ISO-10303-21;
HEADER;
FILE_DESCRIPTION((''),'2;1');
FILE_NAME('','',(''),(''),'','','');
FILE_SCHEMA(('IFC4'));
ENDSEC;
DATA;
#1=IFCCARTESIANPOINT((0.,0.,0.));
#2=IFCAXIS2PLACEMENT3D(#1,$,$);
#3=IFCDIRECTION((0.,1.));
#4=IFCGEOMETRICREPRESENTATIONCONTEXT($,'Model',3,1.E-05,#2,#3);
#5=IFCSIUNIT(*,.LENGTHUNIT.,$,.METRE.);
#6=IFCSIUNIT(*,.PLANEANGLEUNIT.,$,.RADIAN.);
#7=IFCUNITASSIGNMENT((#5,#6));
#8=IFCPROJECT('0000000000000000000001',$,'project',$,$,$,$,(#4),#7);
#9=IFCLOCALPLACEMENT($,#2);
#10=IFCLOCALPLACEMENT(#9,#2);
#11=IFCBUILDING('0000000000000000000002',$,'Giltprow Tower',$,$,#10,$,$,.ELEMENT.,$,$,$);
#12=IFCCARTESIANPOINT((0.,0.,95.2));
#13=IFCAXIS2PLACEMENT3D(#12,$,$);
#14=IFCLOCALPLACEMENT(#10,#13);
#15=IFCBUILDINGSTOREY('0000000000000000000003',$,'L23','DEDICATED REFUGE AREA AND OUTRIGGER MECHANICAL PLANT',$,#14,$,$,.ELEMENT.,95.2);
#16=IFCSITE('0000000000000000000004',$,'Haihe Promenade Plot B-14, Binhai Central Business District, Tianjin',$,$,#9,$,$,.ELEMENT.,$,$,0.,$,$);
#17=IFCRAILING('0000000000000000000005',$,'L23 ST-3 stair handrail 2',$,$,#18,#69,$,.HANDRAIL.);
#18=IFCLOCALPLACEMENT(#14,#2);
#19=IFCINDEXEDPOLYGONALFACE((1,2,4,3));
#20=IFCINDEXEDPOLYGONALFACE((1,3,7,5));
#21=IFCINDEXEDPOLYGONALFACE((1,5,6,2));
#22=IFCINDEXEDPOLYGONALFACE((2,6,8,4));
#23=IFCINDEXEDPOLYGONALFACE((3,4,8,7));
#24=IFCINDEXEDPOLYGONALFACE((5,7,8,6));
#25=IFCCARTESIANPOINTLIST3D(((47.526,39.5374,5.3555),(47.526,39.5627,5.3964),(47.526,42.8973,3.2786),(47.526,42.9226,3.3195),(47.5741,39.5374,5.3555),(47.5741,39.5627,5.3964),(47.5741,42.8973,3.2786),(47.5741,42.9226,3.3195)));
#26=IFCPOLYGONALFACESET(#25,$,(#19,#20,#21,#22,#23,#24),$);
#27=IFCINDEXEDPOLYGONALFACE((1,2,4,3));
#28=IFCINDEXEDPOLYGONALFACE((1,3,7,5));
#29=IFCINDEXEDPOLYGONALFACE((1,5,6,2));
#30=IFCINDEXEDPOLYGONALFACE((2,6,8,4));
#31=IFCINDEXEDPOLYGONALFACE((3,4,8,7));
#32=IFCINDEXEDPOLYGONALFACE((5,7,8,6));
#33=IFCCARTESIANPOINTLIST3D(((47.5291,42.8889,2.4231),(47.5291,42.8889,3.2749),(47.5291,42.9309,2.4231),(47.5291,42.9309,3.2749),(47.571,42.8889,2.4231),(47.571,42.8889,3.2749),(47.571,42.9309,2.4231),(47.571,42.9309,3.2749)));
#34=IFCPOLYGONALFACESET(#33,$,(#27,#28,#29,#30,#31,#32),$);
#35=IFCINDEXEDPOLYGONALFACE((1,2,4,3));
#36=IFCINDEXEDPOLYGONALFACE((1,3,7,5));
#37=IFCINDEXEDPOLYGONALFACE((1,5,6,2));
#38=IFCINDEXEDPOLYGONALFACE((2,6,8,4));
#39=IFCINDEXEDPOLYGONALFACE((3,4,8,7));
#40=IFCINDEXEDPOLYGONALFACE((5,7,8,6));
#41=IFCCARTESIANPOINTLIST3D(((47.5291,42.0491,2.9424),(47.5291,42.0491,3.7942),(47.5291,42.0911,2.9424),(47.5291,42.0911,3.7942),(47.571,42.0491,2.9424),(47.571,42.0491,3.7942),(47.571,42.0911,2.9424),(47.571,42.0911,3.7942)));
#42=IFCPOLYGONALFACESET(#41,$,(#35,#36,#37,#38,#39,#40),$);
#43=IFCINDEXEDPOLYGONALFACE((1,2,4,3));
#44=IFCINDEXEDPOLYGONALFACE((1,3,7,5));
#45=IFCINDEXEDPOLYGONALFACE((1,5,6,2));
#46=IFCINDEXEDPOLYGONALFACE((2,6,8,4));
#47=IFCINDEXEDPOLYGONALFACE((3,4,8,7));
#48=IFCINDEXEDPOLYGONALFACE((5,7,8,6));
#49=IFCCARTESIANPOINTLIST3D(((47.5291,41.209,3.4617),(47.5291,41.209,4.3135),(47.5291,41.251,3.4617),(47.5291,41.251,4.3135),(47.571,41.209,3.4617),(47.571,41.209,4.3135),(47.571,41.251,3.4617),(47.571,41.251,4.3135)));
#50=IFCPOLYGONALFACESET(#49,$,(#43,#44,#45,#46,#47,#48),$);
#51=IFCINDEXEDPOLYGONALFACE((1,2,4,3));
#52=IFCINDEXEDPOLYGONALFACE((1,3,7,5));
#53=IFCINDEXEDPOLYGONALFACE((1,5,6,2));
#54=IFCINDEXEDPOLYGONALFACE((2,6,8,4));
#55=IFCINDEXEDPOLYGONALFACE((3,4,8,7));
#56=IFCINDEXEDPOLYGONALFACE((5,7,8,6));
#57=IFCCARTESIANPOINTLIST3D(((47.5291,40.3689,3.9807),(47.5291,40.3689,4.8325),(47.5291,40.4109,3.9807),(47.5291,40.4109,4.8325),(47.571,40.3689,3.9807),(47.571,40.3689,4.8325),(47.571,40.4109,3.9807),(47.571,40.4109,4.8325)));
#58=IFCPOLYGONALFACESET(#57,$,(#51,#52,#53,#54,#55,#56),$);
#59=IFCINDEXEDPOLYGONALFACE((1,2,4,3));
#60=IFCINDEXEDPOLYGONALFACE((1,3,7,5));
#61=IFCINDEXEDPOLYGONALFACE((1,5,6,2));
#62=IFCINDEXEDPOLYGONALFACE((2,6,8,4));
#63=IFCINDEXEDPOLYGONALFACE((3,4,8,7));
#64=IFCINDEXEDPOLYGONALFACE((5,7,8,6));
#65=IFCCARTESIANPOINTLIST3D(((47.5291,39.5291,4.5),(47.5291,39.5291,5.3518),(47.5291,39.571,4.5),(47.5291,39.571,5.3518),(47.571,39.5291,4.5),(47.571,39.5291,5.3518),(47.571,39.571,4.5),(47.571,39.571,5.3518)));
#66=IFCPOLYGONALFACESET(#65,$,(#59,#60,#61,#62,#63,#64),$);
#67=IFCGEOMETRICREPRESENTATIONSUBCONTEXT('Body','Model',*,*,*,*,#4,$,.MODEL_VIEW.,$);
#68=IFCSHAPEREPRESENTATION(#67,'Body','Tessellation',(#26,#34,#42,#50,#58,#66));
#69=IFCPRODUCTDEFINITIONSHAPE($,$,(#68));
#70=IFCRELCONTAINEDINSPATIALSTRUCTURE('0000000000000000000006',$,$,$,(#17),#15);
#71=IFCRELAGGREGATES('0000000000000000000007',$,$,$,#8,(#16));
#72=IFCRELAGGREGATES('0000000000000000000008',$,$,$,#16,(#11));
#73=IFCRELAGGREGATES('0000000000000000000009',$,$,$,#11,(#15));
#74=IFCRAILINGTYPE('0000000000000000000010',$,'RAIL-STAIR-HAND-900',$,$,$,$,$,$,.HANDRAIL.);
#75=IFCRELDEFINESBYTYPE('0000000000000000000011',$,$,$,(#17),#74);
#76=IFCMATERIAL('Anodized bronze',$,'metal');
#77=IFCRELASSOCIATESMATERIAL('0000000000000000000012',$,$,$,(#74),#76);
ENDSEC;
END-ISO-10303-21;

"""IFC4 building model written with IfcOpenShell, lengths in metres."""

from ifc_helpers import new_model, si_unit, direction, frame, origin, origin_2d, place, context, subcontext, project, spatial, rectangle, extrude, material, type_object, element, save


model = new_model("IFC4")

# Units and contexts
model_context = context("Model", 3, precision=1e-05, world=origin(), true_north=direction((0.0, 1.0)))
body_context = subcontext(model_context, "Body", "Model", "MODEL_VIEW")
ifc_project = project(units=[si_unit("LENGTHUNIT", "METRE"), si_unit("PLANEANGLEUNIT", "RADIAN")], contexts=[model_context])

# Site, building, storey
site_placement = place(None, origin())
site = spatial("IfcSite", under=ifc_project, at=site_placement, Name="Haihe Promenade Plot B-14, Binhai Central Business District, Tianjin", CompositionType="ELEMENT", RefElevation=0.0)
building_placement = place(site_placement, origin())
building = spatial("IfcBuilding", under=site, at=building_placement, Name="Giltprow Tower", CompositionType="ELEMENT")
storey_placement = place(building_placement, frame((0.0, 0.0, 95.2)))
storey = spatial("IfcBuildingStorey", under=building, at=storey_placement, Name="L23", Description="DEDICATED REFUGE AREA AND OUTRIGGER MECHANICAL PLANT", CompositionType="ELEMENT", Elevation=95.2)

# Railing
ifc_material_1 = material(Name="Anodized bronze", Category="metal")
railing_type_1 = type_object("IfcRailingType", Name="RAIL-STAIR-HAND-900", PredefinedType="HANDRAIL", material=ifc_material_1)
railing_1_placement = place(storey_placement, frame((47.55, 42.9099, 2.4231)))
element("IfcRailing", 1, at=railing_1_placement, inside=storey, type_object=railing_type_1, Name="L23 ST-3 stair handrail 2", PredefinedType="HANDRAIL", context=body_context, shape_type="SweptSolid", body=[
    extrude(rectangle(XDim=0.0481, YDim=0.0481, at=origin_2d()), frame((0.0, 0.0, 0.876), z_axis=(0.0, -0.850606, 0.525803), x_axis=(1.0, 0.0, 0.0)), (0.0, 0.0, 1.0), 3.95),
    extrude(rectangle(XDim=0.042, YDim=0.042, at=origin_2d()), origin(), (0.0, 0.0, 1.0), 0.8518),
    extrude(rectangle(XDim=0.042, YDim=0.042, at=origin_2d()), frame((0.0, -0.8398, 0.5193)), (0.0, 0.0, 1.0), 0.8518),
    extrude(rectangle(XDim=0.042, YDim=0.042, at=origin_2d()), frame((0.0, -1.6799, 1.0386)), (0.0, 0.0, 1.0), 0.8518),
    extrude(rectangle(XDim=0.042, YDim=0.042, at=origin_2d()), frame((0.0, -2.52, 1.5576)), (0.0, 0.0, 1.0), 0.8518),
    extrude(rectangle(XDim=0.042, YDim=0.042, at=origin_2d()), frame((0.0, -3.3599, 2.0769)), (0.0, 0.0, 1.0), 0.8518),
])

save(model, "model.ifc")
